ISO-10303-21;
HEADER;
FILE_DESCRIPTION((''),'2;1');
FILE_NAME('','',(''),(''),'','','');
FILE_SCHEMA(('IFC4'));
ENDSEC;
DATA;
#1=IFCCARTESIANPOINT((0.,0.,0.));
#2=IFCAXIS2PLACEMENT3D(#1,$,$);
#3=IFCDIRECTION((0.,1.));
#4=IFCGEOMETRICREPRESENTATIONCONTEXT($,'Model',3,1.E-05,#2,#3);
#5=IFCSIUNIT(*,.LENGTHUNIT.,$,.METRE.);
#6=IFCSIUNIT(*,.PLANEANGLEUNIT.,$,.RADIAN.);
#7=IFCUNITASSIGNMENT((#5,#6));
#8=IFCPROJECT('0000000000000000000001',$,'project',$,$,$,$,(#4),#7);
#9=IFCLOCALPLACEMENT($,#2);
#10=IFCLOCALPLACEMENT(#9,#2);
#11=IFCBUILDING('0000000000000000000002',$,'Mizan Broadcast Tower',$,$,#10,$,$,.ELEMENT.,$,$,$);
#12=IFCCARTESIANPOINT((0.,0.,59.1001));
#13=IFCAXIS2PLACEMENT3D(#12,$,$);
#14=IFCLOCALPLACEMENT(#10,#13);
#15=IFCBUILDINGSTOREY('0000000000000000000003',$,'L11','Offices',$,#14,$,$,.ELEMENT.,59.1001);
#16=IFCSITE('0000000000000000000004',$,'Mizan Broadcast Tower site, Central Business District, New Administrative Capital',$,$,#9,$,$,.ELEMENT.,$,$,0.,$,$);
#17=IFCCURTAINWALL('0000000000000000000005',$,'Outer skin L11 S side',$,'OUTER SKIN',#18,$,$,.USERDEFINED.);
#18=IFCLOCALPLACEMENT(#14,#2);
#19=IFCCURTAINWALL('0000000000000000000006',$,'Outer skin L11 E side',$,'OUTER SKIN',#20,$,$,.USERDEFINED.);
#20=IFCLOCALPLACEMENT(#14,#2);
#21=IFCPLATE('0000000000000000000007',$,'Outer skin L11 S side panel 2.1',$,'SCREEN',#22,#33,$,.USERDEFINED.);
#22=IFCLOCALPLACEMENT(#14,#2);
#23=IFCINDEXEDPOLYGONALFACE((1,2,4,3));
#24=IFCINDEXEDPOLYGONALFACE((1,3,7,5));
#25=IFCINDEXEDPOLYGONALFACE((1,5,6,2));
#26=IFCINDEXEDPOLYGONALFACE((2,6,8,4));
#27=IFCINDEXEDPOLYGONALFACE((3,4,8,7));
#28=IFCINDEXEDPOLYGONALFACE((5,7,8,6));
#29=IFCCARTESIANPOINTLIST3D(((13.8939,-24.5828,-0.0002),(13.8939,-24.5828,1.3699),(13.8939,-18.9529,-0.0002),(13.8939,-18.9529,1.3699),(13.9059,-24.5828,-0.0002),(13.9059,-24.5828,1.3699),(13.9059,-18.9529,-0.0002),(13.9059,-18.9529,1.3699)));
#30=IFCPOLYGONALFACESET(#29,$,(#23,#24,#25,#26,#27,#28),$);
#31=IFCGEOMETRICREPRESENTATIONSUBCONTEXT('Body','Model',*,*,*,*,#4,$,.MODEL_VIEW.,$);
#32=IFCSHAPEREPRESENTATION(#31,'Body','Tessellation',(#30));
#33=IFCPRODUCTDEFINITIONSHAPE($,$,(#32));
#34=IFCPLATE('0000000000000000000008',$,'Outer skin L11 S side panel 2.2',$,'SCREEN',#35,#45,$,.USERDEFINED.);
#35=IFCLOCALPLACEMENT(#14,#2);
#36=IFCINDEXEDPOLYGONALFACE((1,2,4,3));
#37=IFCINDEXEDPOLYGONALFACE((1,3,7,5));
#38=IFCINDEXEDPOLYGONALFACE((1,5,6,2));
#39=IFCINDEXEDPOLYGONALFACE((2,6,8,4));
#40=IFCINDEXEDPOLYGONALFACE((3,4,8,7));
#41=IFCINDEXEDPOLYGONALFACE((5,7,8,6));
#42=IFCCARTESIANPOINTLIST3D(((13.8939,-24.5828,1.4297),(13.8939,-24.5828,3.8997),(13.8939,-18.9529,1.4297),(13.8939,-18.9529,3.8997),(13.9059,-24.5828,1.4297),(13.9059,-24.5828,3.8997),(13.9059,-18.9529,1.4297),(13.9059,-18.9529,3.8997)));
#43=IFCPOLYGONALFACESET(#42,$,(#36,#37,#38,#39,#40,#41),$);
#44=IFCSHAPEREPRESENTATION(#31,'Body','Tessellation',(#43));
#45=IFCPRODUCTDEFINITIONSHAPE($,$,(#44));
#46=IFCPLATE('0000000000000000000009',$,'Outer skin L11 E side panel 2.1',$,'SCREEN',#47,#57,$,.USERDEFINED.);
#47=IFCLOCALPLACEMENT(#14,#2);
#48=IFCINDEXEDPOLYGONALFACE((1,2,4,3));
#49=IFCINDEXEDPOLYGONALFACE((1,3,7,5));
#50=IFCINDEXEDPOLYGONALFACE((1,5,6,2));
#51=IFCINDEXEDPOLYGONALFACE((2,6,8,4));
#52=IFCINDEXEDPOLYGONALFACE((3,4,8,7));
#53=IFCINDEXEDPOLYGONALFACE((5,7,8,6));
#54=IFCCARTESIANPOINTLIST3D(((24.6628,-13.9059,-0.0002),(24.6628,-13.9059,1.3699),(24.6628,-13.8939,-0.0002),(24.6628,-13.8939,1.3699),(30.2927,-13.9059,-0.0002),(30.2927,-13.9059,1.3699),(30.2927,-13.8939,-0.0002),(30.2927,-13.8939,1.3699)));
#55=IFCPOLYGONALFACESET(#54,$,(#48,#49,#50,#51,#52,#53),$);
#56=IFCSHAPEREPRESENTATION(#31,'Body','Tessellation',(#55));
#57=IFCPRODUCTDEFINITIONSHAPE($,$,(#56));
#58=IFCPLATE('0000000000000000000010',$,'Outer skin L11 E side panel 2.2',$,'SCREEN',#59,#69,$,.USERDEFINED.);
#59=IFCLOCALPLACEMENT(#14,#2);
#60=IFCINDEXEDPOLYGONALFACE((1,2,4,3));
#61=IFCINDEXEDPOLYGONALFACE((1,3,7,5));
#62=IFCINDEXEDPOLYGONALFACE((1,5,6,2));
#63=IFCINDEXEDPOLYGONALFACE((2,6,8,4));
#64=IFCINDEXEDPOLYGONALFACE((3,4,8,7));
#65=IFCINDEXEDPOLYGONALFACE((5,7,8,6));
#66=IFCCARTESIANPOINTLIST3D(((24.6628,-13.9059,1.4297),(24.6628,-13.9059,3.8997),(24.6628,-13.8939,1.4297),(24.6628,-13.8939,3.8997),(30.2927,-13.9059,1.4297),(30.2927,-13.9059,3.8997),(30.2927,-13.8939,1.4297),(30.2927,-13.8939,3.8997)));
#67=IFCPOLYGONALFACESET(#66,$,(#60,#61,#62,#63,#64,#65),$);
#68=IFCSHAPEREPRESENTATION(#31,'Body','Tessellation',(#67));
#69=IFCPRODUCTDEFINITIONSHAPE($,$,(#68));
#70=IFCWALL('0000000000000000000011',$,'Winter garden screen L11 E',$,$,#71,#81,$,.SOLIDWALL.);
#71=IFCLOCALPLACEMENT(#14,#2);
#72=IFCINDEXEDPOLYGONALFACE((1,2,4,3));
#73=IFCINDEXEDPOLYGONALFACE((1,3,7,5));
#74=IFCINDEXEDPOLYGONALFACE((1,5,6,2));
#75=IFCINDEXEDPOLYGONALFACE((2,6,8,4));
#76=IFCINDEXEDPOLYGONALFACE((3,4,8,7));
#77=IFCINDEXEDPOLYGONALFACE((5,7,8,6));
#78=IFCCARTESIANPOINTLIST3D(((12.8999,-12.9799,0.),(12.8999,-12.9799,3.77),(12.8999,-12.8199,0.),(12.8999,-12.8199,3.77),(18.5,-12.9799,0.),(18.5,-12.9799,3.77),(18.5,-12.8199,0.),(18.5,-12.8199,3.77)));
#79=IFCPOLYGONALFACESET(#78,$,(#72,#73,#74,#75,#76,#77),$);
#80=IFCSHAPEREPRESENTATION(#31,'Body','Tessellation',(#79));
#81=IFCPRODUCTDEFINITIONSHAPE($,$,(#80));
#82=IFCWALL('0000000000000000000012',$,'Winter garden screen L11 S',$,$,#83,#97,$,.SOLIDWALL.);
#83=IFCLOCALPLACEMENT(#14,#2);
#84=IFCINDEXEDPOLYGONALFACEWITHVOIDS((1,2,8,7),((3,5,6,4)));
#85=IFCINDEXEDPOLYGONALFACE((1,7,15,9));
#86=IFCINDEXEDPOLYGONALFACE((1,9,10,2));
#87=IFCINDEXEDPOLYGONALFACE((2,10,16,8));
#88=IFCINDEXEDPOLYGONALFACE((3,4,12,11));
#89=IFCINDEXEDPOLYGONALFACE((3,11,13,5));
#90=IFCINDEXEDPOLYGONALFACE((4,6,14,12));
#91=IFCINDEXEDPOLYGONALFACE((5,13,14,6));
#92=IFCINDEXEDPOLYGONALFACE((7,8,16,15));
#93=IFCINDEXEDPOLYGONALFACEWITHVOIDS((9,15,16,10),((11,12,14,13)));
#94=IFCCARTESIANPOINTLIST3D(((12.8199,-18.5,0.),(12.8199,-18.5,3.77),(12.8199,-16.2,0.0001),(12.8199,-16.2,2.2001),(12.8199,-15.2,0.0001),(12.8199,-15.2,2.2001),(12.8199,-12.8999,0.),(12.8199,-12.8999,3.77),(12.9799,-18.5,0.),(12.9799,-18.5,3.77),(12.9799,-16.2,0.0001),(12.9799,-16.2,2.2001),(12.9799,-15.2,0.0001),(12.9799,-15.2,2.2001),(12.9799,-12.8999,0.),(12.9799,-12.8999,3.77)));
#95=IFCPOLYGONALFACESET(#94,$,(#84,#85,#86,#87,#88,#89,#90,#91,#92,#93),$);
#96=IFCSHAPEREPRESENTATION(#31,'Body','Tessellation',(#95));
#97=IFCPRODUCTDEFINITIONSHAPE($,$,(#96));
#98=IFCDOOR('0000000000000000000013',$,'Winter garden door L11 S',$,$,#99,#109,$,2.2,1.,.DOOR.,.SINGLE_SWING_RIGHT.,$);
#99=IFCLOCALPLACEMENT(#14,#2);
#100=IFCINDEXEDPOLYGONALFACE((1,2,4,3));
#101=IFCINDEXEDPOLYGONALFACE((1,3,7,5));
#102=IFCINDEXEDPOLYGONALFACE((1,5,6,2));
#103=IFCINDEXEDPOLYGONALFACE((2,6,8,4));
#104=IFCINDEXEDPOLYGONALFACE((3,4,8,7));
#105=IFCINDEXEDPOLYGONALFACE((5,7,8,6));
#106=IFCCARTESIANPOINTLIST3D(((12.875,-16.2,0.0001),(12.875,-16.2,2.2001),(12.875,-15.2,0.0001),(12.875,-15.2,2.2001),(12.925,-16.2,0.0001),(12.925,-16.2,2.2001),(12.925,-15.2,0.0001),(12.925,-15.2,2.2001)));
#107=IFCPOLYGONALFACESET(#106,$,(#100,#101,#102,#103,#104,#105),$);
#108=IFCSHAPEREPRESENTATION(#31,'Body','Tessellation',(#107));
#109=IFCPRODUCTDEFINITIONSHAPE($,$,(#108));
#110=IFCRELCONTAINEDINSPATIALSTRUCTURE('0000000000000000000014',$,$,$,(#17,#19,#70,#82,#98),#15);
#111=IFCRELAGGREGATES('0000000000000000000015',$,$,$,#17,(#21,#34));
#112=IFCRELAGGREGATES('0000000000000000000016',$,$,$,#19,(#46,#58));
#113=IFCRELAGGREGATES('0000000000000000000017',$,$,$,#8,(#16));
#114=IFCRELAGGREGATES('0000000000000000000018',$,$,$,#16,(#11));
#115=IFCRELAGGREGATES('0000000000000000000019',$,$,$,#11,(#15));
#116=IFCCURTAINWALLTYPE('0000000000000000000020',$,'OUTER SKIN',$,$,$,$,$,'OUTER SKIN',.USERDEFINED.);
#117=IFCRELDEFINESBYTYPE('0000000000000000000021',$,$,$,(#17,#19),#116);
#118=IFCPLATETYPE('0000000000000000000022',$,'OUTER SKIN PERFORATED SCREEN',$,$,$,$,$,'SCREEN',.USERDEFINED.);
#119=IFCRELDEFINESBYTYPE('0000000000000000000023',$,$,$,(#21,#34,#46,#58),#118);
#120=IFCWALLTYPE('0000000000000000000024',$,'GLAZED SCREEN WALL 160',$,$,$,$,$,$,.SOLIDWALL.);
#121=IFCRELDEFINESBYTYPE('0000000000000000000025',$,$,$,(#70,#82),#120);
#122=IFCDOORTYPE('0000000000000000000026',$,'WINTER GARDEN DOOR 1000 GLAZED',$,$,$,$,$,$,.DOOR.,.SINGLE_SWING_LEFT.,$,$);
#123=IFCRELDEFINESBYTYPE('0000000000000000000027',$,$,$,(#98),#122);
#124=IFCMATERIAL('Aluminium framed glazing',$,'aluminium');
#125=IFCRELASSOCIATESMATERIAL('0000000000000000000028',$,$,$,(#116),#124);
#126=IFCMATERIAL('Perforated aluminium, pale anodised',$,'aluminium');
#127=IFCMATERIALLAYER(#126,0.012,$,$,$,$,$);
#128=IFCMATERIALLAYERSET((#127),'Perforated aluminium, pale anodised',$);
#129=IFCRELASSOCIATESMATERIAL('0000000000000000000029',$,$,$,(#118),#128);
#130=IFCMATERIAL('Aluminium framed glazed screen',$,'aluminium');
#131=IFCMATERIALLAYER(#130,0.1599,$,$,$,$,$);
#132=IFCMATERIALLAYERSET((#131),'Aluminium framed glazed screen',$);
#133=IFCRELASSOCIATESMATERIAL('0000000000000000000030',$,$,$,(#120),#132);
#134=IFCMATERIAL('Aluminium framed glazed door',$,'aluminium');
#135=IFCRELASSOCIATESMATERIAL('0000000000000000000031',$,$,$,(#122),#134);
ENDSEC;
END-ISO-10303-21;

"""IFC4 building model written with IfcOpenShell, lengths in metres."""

from ifc_helpers import new_model, si_unit, direction, frame, frame_2d, origin, origin_2d, place, context, subcontext, project, spatial, rectangle, extrude, material, layer, layer_set, type_object, element, fill, aggregate, save


model = new_model("IFC4")

# Units and contexts
model_context = context("Model", 3, precision=1e-05, world=origin(), true_north=direction((0.0, 1.0)))
body_context = subcontext(model_context, "Body", "Model", "MODEL_VIEW")
ifc_project = project(units=[si_unit("LENGTHUNIT", "METRE"), si_unit("PLANEANGLEUNIT", "RADIAN")], contexts=[model_context])

# Site, building, storey
site_placement = place(None, origin())
site = spatial("IfcSite", under=ifc_project, at=site_placement, Name="Mizan Broadcast Tower site, Central Business District, New Administrative Capital", CompositionType="ELEMENT", RefElevation=0.0)
building_placement = place(site_placement, origin())
building = spatial("IfcBuilding", under=site, at=building_placement, Name="Mizan Broadcast Tower", CompositionType="ELEMENT")
storey_placement = place(building_placement, frame((0.0, 0.0, 59.1001)))
storey = spatial("IfcBuildingStorey", under=building, at=storey_placement, Name="L11", Description="Offices", CompositionType="ELEMENT", Elevation=59.1001)

# Shared definitions
ifc_material_1 = material(Name="Aluminium framed glazing", Category="aluminium")
curtain_wall_type_1 = type_object("IfcCurtainWallType", Name="OUTER SKIN", ElementType="OUTER SKIN", PredefinedType="USERDEFINED", material=ifc_material_1)

# Curtain wall
curtain_wall_1_placement = place(storey_placement, origin())
curtain_wall_1 = element("IfcCurtainWall", 1, at=curtain_wall_1_placement, inside=storey, type_object=curtain_wall_type_1, Name="Outer skin L11 S side", ObjectType="OUTER SKIN", PredefinedType="USERDEFINED")

# Curtain wall
curtain_wall_2_placement = place(storey_placement, origin())
curtain_wall_2 = element("IfcCurtainWall", 2, at=curtain_wall_2_placement, inside=storey, type_object=curtain_wall_type_1, Name="Outer skin L11 E side", ObjectType="OUTER SKIN", PredefinedType="USERDEFINED")

# Plates
ifc_material_2 = material(Name="Perforated aluminium, pale anodised", Category="aluminium")
ifc_layer_1 = layer(ifc_material_2, 0.012)
ifc_layer_set_1 = layer_set([ifc_layer_1], Name="Perforated aluminium, pale anodised")
plate_type_1 = type_object("IfcPlateType", Name="OUTER SKIN PERFORATED SCREEN", ElementType="SCREEN", PredefinedType="USERDEFINED", material=ifc_layer_set_1)
plate_1_placement = place(storey_placement, frame((13.8999, -21.7678, -0.0002), z_axis=(0.0, 0.0, 1.0), x_axis=(0.0, 1.0, 0.0)))
plate_1 = element("IfcPlate", 3, at=plate_1_placement, type_object=plate_type_1, Name="Outer skin L11 S side panel 2.1", ObjectType="SCREEN", PredefinedType="USERDEFINED", context=body_context, shape_type="SweptSolid", body=[
    extrude(rectangle(XDim=5.6299, YDim=0.012, at=origin_2d()), origin(), (0.0, 0.0, 1.0), 1.3701),
])
plate_2_placement = place(storey_placement, frame((13.8999, -21.7678, 1.4297), z_axis=(0.0, 0.0, 1.0), x_axis=(0.0, 1.0, 0.0)))
plate_2 = element("IfcPlate", 4, at=plate_2_placement, type_object=plate_type_1, Name="Outer skin L11 S side panel 2.2", ObjectType="SCREEN", PredefinedType="USERDEFINED", context=body_context, shape_type="SweptSolid", body=[
    extrude(rectangle(XDim=5.6299, YDim=0.012, at=origin_2d()), origin(), (0.0, 0.0, 1.0), 2.47),
])
aggregate(curtain_wall_1, [plate_1, plate_2])
plate_3_placement = place(storey_placement, frame((27.4778, -13.8999, -0.0002), z_axis=(0.0, 0.0, 1.0), x_axis=(1.0, 0.0, 0.0)))
plate_3 = element("IfcPlate", 5, at=plate_3_placement, type_object=plate_type_1, Name="Outer skin L11 E side panel 2.1", ObjectType="SCREEN", PredefinedType="USERDEFINED", context=body_context, shape_type="SweptSolid", body=[
    extrude(rectangle(XDim=5.6299, YDim=0.012, at=origin_2d()), origin(), (0.0, 0.0, 1.0), 1.3701),
])
plate_4_placement = place(storey_placement, frame((27.4778, -13.8999, 1.4297), z_axis=(0.0, 0.0, 1.0), x_axis=(1.0, 0.0, 0.0)))
plate_4 = element("IfcPlate", 6, at=plate_4_placement, type_object=plate_type_1, Name="Outer skin L11 E side panel 2.2", ObjectType="SCREEN", PredefinedType="USERDEFINED", context=body_context, shape_type="SweptSolid", body=[
    extrude(rectangle(XDim=5.6299, YDim=0.012, at=origin_2d()), origin(), (0.0, 0.0, 1.0), 2.47),
])
aggregate(curtain_wall_2, [plate_3, plate_4])

# Wall
ifc_material_3 = material(Name="Aluminium framed glazed screen", Category="aluminium")
ifc_layer_2 = layer(ifc_material_3, 0.1599)
ifc_layer_set_2 = layer_set([ifc_layer_2], Name="Aluminium framed glazed screen")
wall_type = type_object("IfcWallType", Name="GLAZED SCREEN WALL 160", PredefinedType="SOLIDWALL", material=ifc_layer_set_2)
wall_1_placement = place(storey_placement, frame((12.8999, -12.8999, 0.0), z_axis=(0.0, 0.0, 1.0), x_axis=(1.0, 0.0, 0.0)))
element("IfcWall", 7, at=wall_1_placement, inside=storey, type_object=wall_type, Name="Winter garden screen L11 E", PredefinedType="SOLIDWALL", context=body_context, shape_type="SweptSolid", body=[
    extrude(rectangle(XDim=5.6001, YDim=0.1599, at=frame_2d((2.8, 0.0))), origin(), (0.0, 0.0, 1.0), 3.77),
])

# Wall, opening, door
wall_2_placement = place(storey_placement, frame((12.8999, -18.5, 0.0), z_axis=(0.0, 0.0, 1.0), x_axis=(0.0, 1.0, 0.0)))
wall_2 = element("IfcWall", 8, at=wall_2_placement, inside=storey, type_object=wall_type, Name="Winter garden screen L11 S", PredefinedType="SOLIDWALL", context=body_context, shape_type="SweptSolid", body=[
    extrude(rectangle(XDim=5.6001, YDim=0.1599, at=frame_2d((2.8, 0.0))), origin(), (0.0, 0.0, 1.0), 3.77),
])
opening_placement = place(wall_2_placement, frame((2.3, 0.0, 0.0)))
opening = element("IfcOpeningElement", 9, at=opening_placement, cuts=wall_2, PredefinedType="OPENING", context=body_context, shape_type="SweptSolid", body=[
    extrude(rectangle(XDim=1.0, YDim=2.2, at=frame_2d((0.5, 1.1001))), frame((0.0, 0.0898, 0.0), z_axis=(0.0, -1.0, 0.0), x_axis=(1.0, 0.0, 0.0)), (0.0, 0.0, 1.0), 0.1799),
])
ifc_material_4 = material(Name="Aluminium framed glazed door", Category="aluminium")
door_type = type_object("IfcDoorType", Name="WINTER GARDEN DOOR 1000 GLAZED", OperationType="SINGLE_SWING_LEFT", PredefinedType="DOOR", material=ifc_material_4)
door_placement = place(opening_placement, origin())
door = element("IfcDoor", 10, at=door_placement, inside=storey, type_object=door_type, Name="Winter garden door L11 S", OperationType="SINGLE_SWING_RIGHT", OverallHeight=2.2, OverallWidth=1.0, PredefinedType="DOOR", context=body_context, shape_type="SweptSolid", body=[
    extrude(rectangle(XDim=1.0, YDim=2.2, at=frame_2d((0.5, 1.1001))), frame((0.0, 0.0249, 0.0), z_axis=(0.0, -1.0, 0.0), x_axis=(1.0, 0.0, 0.0)), (0.0, 0.0, 1.0), 0.05),
])
fill(opening, door)

save(model, "model.ifc")
